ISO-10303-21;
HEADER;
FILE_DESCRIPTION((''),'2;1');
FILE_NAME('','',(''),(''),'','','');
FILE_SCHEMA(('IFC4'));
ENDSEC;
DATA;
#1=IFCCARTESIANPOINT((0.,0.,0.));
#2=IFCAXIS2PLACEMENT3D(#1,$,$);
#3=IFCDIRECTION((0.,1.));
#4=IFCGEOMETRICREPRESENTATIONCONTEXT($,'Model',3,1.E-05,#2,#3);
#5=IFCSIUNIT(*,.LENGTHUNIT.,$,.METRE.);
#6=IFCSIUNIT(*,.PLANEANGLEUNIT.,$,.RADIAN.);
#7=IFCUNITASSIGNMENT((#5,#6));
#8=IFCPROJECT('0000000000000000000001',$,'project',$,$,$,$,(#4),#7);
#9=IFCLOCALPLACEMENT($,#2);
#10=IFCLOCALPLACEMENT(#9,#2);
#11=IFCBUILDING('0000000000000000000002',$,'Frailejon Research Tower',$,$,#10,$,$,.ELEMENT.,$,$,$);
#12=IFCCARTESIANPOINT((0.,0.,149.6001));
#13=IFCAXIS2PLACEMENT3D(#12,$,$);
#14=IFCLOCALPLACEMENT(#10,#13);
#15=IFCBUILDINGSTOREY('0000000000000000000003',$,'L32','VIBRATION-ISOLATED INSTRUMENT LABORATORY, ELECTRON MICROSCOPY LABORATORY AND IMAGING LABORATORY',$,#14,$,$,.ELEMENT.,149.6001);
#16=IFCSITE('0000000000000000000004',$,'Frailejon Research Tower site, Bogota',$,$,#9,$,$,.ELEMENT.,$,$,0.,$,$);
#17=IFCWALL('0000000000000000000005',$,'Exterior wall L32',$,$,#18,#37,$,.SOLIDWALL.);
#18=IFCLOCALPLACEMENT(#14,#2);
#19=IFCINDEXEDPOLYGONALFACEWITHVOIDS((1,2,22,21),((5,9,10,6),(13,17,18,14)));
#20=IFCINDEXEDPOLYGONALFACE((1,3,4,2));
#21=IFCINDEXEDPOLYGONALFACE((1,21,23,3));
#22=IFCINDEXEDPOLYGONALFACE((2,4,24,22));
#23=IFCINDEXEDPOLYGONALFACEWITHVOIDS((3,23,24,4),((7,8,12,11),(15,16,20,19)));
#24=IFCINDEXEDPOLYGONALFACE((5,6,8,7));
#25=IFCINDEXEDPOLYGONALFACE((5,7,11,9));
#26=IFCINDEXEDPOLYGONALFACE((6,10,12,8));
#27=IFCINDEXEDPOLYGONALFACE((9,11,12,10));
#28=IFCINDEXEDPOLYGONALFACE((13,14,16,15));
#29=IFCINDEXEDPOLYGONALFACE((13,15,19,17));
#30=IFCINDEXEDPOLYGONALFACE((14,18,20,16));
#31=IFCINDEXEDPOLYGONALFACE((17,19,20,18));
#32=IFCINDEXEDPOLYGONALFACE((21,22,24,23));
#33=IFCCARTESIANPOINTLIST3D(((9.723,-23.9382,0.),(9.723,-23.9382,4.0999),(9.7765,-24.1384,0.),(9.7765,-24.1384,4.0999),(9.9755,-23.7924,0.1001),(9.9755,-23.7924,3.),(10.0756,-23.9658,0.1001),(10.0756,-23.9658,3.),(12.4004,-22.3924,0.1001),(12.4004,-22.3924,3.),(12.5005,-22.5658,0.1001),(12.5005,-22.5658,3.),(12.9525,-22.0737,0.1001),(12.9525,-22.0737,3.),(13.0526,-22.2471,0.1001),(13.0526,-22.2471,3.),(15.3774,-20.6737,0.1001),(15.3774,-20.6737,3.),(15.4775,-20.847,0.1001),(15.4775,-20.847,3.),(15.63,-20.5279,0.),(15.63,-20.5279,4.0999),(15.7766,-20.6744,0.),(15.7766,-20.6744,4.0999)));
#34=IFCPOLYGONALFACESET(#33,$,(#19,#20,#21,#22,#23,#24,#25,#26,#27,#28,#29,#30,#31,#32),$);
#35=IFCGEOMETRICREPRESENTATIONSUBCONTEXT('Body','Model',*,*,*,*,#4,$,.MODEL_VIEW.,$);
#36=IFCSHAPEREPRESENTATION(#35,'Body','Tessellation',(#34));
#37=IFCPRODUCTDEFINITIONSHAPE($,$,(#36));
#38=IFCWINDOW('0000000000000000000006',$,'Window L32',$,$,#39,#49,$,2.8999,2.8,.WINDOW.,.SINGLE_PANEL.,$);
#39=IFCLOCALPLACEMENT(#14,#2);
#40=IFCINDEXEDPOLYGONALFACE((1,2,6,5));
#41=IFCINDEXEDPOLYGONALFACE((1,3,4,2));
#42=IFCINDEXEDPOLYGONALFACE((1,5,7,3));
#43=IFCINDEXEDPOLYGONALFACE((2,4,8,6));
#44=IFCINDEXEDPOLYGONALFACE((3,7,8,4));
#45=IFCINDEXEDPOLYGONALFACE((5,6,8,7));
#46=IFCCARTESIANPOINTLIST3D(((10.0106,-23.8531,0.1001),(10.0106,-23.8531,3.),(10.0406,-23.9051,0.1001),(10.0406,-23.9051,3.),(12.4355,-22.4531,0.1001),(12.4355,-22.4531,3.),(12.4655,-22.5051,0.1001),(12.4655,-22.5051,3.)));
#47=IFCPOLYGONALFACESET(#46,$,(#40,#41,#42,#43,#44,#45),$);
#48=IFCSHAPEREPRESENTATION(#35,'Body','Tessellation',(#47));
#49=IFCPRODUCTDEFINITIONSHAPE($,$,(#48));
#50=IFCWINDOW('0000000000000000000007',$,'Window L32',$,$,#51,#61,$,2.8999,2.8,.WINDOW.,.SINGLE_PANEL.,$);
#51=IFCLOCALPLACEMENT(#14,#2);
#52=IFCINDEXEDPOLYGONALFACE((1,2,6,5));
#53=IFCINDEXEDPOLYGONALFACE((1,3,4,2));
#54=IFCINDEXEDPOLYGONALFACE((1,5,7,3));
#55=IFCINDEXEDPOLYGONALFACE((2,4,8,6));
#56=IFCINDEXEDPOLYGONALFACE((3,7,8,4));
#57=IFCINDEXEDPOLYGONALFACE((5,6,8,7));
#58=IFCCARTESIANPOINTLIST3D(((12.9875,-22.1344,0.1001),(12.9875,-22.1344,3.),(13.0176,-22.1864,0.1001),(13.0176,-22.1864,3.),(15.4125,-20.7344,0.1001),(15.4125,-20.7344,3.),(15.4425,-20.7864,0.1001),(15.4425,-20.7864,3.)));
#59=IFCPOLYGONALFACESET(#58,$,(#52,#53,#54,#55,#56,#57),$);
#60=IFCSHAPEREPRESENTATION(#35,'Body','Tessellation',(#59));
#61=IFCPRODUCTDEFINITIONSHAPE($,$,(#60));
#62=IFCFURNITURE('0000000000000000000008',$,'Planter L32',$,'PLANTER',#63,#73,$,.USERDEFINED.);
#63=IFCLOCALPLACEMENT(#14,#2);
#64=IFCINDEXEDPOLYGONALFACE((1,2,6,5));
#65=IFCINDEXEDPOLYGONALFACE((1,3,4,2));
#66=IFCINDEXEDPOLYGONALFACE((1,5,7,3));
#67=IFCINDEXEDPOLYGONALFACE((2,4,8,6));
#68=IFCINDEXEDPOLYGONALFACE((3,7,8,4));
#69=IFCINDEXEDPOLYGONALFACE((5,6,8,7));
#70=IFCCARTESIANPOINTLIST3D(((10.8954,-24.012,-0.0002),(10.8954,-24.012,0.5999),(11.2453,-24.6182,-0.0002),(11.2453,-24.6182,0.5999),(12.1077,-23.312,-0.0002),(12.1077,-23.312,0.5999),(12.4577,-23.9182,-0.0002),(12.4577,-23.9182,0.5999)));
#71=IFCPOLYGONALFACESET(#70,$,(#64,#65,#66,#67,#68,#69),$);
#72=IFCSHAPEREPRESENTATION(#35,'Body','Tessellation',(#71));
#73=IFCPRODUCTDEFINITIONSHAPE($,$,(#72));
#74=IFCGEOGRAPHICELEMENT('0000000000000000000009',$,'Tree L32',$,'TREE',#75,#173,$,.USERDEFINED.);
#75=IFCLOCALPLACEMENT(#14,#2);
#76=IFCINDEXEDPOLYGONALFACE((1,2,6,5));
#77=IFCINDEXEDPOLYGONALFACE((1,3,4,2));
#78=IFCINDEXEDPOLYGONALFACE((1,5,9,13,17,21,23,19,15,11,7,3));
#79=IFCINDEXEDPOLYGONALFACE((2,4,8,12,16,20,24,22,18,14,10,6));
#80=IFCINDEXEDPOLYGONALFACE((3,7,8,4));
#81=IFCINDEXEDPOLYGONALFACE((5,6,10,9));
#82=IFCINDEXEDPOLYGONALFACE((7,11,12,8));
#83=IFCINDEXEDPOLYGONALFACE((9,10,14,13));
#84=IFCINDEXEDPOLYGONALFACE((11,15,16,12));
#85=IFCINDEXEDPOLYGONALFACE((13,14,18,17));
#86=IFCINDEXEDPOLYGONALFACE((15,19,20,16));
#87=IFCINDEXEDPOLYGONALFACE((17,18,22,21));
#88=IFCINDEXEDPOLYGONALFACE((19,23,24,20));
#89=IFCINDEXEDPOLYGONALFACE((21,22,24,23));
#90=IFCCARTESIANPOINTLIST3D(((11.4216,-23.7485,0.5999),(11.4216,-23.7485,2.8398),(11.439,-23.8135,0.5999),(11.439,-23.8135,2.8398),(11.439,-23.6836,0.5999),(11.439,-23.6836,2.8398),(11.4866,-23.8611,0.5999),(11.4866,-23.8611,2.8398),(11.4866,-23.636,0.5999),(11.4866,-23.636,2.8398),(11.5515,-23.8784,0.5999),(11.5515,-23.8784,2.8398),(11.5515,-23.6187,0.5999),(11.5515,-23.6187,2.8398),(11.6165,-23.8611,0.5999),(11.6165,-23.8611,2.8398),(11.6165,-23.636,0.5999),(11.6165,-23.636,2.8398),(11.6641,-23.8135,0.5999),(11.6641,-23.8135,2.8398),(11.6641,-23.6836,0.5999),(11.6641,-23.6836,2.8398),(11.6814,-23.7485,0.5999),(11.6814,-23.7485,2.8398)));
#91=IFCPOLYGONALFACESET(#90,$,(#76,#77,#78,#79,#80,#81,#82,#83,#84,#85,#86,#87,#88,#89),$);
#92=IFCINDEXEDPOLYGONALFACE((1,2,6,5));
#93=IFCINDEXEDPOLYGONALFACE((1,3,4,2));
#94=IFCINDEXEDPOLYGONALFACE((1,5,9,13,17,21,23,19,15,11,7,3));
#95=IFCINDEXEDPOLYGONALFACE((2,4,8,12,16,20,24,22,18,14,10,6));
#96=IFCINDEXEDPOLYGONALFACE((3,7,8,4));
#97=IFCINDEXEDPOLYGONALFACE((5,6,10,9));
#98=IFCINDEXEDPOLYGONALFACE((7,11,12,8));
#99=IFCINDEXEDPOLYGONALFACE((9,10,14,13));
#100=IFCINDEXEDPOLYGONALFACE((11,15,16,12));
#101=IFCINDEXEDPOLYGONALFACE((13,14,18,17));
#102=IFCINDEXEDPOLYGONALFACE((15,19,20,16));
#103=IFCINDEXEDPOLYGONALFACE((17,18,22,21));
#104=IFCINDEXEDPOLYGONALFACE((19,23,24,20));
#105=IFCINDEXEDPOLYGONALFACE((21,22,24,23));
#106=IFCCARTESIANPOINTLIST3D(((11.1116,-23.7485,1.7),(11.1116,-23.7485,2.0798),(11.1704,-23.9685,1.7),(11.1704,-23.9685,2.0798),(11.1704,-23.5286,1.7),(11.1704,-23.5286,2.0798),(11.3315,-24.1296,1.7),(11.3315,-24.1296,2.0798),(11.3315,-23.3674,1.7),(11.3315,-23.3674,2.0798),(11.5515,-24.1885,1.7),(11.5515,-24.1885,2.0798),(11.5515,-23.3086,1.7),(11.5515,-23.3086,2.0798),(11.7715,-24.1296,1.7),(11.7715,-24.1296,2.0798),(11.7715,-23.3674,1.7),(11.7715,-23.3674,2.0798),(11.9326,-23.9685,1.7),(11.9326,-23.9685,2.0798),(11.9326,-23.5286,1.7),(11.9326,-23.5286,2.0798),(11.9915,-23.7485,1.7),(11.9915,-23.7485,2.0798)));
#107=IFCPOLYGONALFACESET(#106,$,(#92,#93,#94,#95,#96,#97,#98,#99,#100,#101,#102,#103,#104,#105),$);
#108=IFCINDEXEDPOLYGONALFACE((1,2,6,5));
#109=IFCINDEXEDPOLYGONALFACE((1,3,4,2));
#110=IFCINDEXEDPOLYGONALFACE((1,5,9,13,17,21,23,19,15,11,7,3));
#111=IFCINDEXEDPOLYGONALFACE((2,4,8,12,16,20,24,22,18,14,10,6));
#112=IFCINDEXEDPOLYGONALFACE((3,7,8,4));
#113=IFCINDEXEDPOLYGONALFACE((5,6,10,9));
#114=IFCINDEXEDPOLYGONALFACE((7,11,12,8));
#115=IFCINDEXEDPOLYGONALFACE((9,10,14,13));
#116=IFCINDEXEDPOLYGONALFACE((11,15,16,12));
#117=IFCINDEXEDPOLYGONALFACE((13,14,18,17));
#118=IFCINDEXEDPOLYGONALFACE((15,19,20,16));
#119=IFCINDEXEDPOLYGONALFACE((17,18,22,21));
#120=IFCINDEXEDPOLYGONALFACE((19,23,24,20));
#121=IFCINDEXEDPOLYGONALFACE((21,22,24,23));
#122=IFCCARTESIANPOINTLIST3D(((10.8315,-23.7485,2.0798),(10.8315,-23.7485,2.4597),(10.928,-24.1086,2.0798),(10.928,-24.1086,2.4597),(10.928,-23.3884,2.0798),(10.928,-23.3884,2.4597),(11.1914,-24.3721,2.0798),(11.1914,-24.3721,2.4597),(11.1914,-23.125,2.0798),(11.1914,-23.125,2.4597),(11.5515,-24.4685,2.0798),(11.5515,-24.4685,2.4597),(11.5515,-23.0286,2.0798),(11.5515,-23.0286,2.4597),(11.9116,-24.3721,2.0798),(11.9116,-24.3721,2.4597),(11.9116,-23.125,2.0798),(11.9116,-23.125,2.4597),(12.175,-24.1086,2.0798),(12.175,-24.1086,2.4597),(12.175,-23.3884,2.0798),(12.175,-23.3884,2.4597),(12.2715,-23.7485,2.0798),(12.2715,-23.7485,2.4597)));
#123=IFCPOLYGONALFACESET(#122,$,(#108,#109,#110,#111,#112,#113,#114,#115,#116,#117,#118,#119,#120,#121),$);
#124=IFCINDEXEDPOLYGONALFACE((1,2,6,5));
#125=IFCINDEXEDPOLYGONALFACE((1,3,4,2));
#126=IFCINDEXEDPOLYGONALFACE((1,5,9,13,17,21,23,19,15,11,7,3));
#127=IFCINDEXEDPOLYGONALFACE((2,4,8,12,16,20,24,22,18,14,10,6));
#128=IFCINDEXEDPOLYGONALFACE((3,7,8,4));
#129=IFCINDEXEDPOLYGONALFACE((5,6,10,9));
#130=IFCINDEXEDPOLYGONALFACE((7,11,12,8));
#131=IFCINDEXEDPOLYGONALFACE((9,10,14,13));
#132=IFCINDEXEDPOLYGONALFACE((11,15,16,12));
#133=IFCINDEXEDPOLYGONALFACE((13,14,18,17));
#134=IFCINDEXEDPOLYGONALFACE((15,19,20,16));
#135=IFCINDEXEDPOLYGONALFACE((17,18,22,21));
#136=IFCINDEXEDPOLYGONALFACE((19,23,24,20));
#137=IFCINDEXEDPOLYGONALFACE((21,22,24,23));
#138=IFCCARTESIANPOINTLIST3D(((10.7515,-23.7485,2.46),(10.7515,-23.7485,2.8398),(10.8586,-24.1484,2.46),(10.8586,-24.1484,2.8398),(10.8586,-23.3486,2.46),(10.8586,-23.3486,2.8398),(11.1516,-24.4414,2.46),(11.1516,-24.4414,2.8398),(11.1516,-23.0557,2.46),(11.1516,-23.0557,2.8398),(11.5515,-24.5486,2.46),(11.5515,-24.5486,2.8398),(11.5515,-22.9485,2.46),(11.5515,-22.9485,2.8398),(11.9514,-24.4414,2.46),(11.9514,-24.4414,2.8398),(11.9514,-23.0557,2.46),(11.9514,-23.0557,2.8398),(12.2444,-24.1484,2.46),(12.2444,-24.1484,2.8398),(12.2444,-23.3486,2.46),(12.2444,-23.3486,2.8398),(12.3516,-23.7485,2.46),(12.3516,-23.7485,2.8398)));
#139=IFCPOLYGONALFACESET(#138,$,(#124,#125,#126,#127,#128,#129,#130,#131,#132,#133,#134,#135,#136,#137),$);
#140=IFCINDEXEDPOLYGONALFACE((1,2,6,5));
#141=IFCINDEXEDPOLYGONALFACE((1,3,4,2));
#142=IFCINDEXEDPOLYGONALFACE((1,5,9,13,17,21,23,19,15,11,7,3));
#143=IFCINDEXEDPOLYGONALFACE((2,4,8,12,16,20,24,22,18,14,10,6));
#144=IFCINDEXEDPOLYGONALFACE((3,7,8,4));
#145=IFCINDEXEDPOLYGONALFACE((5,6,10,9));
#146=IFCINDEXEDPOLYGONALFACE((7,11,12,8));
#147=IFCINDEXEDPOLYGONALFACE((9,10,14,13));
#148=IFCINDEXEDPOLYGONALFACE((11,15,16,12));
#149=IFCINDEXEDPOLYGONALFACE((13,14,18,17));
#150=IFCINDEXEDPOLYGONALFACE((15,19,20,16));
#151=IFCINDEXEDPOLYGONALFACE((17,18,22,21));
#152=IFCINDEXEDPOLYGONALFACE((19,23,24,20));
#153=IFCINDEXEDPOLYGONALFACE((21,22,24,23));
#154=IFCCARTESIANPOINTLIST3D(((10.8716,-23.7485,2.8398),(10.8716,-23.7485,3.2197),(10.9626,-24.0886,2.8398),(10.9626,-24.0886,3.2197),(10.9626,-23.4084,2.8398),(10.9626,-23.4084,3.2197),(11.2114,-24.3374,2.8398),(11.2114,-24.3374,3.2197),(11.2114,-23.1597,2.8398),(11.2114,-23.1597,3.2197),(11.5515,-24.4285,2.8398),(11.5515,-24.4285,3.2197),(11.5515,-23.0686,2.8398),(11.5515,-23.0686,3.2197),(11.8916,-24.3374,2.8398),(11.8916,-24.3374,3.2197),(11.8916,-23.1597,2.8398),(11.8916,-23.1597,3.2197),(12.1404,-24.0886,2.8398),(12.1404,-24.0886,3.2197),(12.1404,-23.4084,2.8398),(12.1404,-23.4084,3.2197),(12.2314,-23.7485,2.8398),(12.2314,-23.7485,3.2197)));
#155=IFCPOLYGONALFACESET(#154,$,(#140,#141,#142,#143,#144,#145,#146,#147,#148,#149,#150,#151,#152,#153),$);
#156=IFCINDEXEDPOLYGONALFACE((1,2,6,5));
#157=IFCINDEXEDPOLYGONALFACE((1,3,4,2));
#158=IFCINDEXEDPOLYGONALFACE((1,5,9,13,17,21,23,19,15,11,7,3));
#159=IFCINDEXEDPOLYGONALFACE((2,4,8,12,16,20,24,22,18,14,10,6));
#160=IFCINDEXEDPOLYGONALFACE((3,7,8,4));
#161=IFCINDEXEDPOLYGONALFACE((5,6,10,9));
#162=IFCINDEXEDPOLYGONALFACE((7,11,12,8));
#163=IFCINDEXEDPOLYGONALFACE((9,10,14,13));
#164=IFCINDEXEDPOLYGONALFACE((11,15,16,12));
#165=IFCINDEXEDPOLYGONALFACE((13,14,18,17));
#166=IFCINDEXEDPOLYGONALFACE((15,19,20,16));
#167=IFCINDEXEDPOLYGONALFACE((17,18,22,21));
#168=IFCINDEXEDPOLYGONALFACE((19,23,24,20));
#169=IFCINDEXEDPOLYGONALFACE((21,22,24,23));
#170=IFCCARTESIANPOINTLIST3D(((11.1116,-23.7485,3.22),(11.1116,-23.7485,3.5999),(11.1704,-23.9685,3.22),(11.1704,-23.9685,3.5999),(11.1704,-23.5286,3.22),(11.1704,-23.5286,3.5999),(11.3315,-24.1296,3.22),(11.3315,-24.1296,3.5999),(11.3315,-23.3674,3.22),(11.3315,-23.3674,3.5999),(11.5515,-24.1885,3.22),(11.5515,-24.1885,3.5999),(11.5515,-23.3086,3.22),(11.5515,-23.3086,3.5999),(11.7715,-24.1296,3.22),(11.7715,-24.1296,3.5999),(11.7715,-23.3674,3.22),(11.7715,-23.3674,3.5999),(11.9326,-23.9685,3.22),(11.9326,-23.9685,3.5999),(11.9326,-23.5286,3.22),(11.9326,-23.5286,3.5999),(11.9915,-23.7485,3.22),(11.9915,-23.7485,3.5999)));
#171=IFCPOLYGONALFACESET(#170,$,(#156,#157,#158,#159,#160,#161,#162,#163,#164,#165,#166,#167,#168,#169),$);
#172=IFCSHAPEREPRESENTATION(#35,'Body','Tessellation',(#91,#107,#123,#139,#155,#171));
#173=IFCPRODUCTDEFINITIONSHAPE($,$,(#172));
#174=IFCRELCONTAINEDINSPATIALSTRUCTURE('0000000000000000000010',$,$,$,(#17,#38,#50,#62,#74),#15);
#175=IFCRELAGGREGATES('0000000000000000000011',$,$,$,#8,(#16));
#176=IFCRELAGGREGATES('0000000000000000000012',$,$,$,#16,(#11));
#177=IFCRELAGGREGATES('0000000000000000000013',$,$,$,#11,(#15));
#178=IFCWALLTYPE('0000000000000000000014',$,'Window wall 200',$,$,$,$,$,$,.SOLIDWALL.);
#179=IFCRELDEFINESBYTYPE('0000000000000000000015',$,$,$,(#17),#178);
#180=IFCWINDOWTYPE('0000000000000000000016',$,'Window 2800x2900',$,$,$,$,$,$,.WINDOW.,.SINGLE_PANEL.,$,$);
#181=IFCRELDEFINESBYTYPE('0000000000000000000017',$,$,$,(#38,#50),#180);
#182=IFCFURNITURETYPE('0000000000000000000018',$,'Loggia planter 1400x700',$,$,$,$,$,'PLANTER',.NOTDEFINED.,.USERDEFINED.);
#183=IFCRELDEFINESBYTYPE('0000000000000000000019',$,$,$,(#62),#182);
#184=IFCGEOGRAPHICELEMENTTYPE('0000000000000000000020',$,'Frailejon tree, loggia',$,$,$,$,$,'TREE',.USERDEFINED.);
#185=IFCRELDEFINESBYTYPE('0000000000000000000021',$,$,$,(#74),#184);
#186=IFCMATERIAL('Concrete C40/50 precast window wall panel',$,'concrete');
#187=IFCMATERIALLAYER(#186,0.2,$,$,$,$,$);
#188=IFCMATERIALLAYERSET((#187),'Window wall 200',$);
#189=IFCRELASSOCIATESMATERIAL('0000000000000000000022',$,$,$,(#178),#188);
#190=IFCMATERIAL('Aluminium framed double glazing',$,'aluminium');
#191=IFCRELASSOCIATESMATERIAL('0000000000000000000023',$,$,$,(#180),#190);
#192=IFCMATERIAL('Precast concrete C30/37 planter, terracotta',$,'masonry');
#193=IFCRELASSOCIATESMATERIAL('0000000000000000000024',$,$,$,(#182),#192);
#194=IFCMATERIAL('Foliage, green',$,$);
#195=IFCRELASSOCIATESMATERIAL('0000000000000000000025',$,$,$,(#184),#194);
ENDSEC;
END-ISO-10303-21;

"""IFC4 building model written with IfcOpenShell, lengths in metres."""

from ifc_helpers import new_model, si_unit, direction, frame, frame_2d, origin, origin_2d, place, context, subcontext, project, spatial, polyline, rectangle, outline, extrude, material, layer, layer_set, type_object, element, fill, save


model = new_model("IFC4")

# Units and contexts
model_context = context("Model", 3, precision=1e-05, world=origin(), true_north=direction((0.0, 1.0)))
body_context = subcontext(model_context, "Body", "Model", "MODEL_VIEW")
ifc_project = project(units=[si_unit("LENGTHUNIT", "METRE"), si_unit("PLANEANGLEUNIT", "RADIAN")], contexts=[model_context])

# Site, building, storey
site_placement = place(None, origin())
site = spatial("IfcSite", under=ifc_project, at=site_placement, Name="Frailejon Research Tower site, Bogota", CompositionType="ELEMENT", RefElevation=0.0)
building_placement = place(site_placement, origin())
building = spatial("IfcBuilding", under=site, at=building_placement, Name="Frailejon Research Tower", CompositionType="ELEMENT")
storey_placement = place(building_placement, frame((0.0, 0.0, 149.6001)))
storey = spatial("IfcBuildingStorey", under=building, at=storey_placement, Name="L32", Description="VIBRATION-ISOLATED INSTRUMENT LABORATORY, ELECTRON MICROSCOPY LABORATORY AND IMAGING LABORATORY", CompositionType="ELEMENT", Elevation=149.6001)

# Wall, openings, windows
ifc_material_1 = material(Name="Concrete C40/50 precast window wall panel", Category="concrete")
ifc_layer_1 = layer(ifc_material_1, 0.2)
ifc_layer_set_1 = layer_set([ifc_layer_1], Name="Window wall 200")
wall_type_1 = type_object("IfcWallType", Name="Window wall 200", PredefinedType="SOLIDWALL", material=ifc_layer_set_1)
wall_1_placement = place(storey_placement, frame((9.7498, -24.0383, 0.0), z_axis=(0.0, 0.0, 1.0), x_axis=(0.866029, 0.499993, 0.0)))
wall_1 = element("IfcWall", 1, at=wall_1_placement, inside=storey, type_object=wall_type_1, Name="Exterior wall L32", PredefinedType="SOLIDWALL", context=body_context, shape_type="SweptSolid", body=[
    extrude(outline(polyline([(-0.0269, -0.1001), (1.1279, -0.1001), (2.2825, -0.1001), (3.4373, -0.1001), (4.592, -0.1001), (5.7466, -0.1001), (6.9014, -0.1001), (6.8477, 0.1001), (5.7109, 0.1001), (4.574, 0.1001), (3.4373, 0.1001), (2.3005, 0.1001), (1.1636, 0.1001), (0.0269, 0.1001), (-0.0269, -0.1001)])), origin(), (0.0, 0.0, 1.0), 4.0999),
])
opening_1_placement = place(wall_1_placement, frame((0.3186, 0.0, 0.1001)))
opening_1 = element("IfcOpeningElement", 2, at=opening_1_placement, cuts=wall_1, PredefinedType="OPENING", context=body_context, shape_type="SweptSolid", body=[
    extrude(rectangle(XDim=2.8, YDim=2.8999, at=frame_2d((1.3999, 1.45))), frame((0.0, 0.1099, 0.0), z_axis=(0.0, -1.0, 0.0), x_axis=(1.0, 0.0, 0.0)), (0.0, 0.0, 1.0), 0.22),
])
opening_2_placement = place(wall_1_placement, frame((3.7561, 0.0, 0.1001)))
opening_2 = element("IfcOpeningElement", 3, at=opening_2_placement, cuts=wall_1, PredefinedType="OPENING", context=body_context, shape_type="SweptSolid", body=[
    extrude(rectangle(XDim=2.8, YDim=2.8999, at=frame_2d((1.3999, 1.45))), frame((0.0, 0.1099, 0.0), z_axis=(0.0, -1.0, 0.0), x_axis=(1.0, 0.0, 0.0)), (0.0, 0.0, 1.0), 0.22),
])
ifc_material_2 = material(Name="Aluminium framed double glazing", Category="aluminium")
window_type = type_object("IfcWindowType", Name="Window 2800x2900", PartitioningType="SINGLE_PANEL", PredefinedType="WINDOW", material=ifc_material_2)
window_1_placement = place(opening_1_placement, origin())
window_1 = element("IfcWindow", 4, at=window_1_placement, inside=storey, type_object=window_type, Name="Window L32", OverallHeight=2.8999, OverallWidth=2.8, PartitioningType="SINGLE_PANEL", PredefinedType="WINDOW", context=body_context, shape_type="SweptSolid", body=[
    extrude(rectangle(XDim=2.8, YDim=2.8999, at=frame_2d((1.3999, 1.45))), frame((0.0, 0.03, 0.0), z_axis=(0.0, -1.0, 0.0), x_axis=(1.0, 0.0, 0.0)), (0.0, 0.0, 1.0), 0.0601),
])
fill(opening_1, window_1)
window_2_placement = place(opening_2_placement, origin())
window_2 = element("IfcWindow", 5, at=window_2_placement, inside=storey, type_object=window_type, Name="Window L32", OverallHeight=2.8999, OverallWidth=2.8, PartitioningType="SINGLE_PANEL", PredefinedType="WINDOW", context=body_context, shape_type="SweptSolid", body=[
    extrude(rectangle(XDim=2.8, YDim=2.8999, at=frame_2d((1.3999, 1.45))), frame((0.0, 0.03, 0.0), z_axis=(0.0, -1.0, 0.0), x_axis=(1.0, 0.0, 0.0)), (0.0, 0.0, 1.0), 0.0601),
])
fill(opening_2, window_2)

# Furniture
ifc_material_3 = material(Name="Precast concrete C30/37 planter, terracotta", Category="masonry")
furniture_type = type_object("IfcFurnitureType", Name="Loggia planter 1400x700", ElementType="PLANTER", AssemblyPlace="NOTDEFINED", PredefinedType="USERDEFINED", material=ifc_material_3)
furniture_placement = place(storey_placement, frame((11.6765, -23.9651, -0.0002), z_axis=(0.0, 0.0, 1.0), x_axis=(0.866025, 0.5, 0.0)))
element("IfcFurniture", 6, at=furniture_placement, inside=storey, type_object=furniture_type, Name="Planter L32", ObjectType="PLANTER", PredefinedType="USERDEFINED", context=body_context, shape_type="SweptSolid", body=[
    extrude(rectangle(XDim=1.3999, YDim=0.7, at=origin_2d()), origin(), (0.0, 0.0, 1.0), 0.6001),
])

# Geographic element
ifc_material_4 = material(Name="Foliage, green")
geographic_element_type = type_object("IfcGeographicElementType", Name="Frailejon tree, loggia", ElementType="TREE", PredefinedType="USERDEFINED", material=ifc_material_4)
geographic_element_placement = place(storey_placement, frame((11.5515, -23.7485, 0.5999)))
element("IfcGeographicElement", 7, at=geographic_element_placement, inside=storey, type_object=geographic_element_type, Name="Tree L32", ObjectType="TREE", PredefinedType="USERDEFINED", context=body_context, shape_type="SweptSolid", body=[
    extrude(outline(polyline([(0.1299, 0.0), (0.1125, 0.0649), (0.0649, 0.1125), (0.0, 0.1299), (-0.0649, 0.1125), (-0.1125, 0.0649), (-0.1299, 0.0), (-0.1125, -0.0649), (-0.0649, -0.1125), (0.0, -0.1299), (0.0649, -0.1125), (0.1125, -0.0649), (0.1299, 0.0)])), origin(), (0.0, 0.0, 1.0), 2.24),
    extrude(outline(polyline([(0.4399, 0.0), (0.3811, 0.22), (0.22, 0.3811), (0.0, 0.4399), (-0.22, 0.3811), (-0.3811, 0.22), (-0.4399, 0.0), (-0.3811, -0.22), (-0.22, -0.3811), (0.0, -0.4399), (0.22, -0.3811), (0.3811, -0.22), (0.4399, 0.0)])), frame((0.0, 0.0, 1.1001)), (0.0, 0.0, 1.0), 0.3799),
    extrude(outline(polyline([(0.72, 0.0), (0.6235, 0.3601), (0.3601, 0.6235), (0.0, 0.72), (-0.3601, 0.6235), (-0.6235, 0.3601), (-0.72, 0.0), (-0.6235, -0.3601), (-0.3601, -0.6235), (0.0, -0.72), (0.3601, -0.6235), (0.6235, -0.3601), (0.72, 0.0)])), frame((0.0, 0.0, 1.48)), (0.0, 0.0, 1.0), 0.3799),
    extrude(outline(polyline([(0.8, 0.0), (0.6929, 0.3999), (0.3999, 0.6929), (0.0, 0.8), (-0.3999, 0.6929), (-0.6929, 0.3999), (-0.8, 0.0), (-0.6929, -0.3999), (-0.3999, -0.6929), (0.0, -0.8), (0.3999, -0.6929), (0.6929, -0.3999), (0.8, 0.0)])), frame((0.0, 0.0, 1.8601)), (0.0, 0.0, 1.0), 0.3799),
    extrude(outline(polyline([(0.6799, 0.0), (0.5889, 0.3401), (0.3401, 0.5889), (0.0, 0.6799), (-0.3401, 0.5889), (-0.5889, 0.3401), (-0.6799, 0.0), (-0.5889, -0.3401), (-0.3401, -0.5889), (0.0, -0.6799), (0.3401, -0.5889), (0.5889, -0.3401), (0.6799, 0.0)])), frame((0.0, 0.0, 2.24)), (0.0, 0.0, 1.0), 0.3799),
    extrude(outline(polyline([(0.4399, 0.0), (0.3811, 0.22), (0.22, 0.3811), (0.0, 0.4399), (-0.22, 0.3811), (-0.3811, 0.22), (-0.4399, 0.0), (-0.3811, -0.22), (-0.22, -0.3811), (0.0, -0.4399), (0.22, -0.3811), (0.3811, -0.22), (0.4399, 0.0)])), frame((0.0, 0.0, 2.6201)), (0.0, 0.0, 1.0), 0.3799),
])

save(model, "model.ifc")
